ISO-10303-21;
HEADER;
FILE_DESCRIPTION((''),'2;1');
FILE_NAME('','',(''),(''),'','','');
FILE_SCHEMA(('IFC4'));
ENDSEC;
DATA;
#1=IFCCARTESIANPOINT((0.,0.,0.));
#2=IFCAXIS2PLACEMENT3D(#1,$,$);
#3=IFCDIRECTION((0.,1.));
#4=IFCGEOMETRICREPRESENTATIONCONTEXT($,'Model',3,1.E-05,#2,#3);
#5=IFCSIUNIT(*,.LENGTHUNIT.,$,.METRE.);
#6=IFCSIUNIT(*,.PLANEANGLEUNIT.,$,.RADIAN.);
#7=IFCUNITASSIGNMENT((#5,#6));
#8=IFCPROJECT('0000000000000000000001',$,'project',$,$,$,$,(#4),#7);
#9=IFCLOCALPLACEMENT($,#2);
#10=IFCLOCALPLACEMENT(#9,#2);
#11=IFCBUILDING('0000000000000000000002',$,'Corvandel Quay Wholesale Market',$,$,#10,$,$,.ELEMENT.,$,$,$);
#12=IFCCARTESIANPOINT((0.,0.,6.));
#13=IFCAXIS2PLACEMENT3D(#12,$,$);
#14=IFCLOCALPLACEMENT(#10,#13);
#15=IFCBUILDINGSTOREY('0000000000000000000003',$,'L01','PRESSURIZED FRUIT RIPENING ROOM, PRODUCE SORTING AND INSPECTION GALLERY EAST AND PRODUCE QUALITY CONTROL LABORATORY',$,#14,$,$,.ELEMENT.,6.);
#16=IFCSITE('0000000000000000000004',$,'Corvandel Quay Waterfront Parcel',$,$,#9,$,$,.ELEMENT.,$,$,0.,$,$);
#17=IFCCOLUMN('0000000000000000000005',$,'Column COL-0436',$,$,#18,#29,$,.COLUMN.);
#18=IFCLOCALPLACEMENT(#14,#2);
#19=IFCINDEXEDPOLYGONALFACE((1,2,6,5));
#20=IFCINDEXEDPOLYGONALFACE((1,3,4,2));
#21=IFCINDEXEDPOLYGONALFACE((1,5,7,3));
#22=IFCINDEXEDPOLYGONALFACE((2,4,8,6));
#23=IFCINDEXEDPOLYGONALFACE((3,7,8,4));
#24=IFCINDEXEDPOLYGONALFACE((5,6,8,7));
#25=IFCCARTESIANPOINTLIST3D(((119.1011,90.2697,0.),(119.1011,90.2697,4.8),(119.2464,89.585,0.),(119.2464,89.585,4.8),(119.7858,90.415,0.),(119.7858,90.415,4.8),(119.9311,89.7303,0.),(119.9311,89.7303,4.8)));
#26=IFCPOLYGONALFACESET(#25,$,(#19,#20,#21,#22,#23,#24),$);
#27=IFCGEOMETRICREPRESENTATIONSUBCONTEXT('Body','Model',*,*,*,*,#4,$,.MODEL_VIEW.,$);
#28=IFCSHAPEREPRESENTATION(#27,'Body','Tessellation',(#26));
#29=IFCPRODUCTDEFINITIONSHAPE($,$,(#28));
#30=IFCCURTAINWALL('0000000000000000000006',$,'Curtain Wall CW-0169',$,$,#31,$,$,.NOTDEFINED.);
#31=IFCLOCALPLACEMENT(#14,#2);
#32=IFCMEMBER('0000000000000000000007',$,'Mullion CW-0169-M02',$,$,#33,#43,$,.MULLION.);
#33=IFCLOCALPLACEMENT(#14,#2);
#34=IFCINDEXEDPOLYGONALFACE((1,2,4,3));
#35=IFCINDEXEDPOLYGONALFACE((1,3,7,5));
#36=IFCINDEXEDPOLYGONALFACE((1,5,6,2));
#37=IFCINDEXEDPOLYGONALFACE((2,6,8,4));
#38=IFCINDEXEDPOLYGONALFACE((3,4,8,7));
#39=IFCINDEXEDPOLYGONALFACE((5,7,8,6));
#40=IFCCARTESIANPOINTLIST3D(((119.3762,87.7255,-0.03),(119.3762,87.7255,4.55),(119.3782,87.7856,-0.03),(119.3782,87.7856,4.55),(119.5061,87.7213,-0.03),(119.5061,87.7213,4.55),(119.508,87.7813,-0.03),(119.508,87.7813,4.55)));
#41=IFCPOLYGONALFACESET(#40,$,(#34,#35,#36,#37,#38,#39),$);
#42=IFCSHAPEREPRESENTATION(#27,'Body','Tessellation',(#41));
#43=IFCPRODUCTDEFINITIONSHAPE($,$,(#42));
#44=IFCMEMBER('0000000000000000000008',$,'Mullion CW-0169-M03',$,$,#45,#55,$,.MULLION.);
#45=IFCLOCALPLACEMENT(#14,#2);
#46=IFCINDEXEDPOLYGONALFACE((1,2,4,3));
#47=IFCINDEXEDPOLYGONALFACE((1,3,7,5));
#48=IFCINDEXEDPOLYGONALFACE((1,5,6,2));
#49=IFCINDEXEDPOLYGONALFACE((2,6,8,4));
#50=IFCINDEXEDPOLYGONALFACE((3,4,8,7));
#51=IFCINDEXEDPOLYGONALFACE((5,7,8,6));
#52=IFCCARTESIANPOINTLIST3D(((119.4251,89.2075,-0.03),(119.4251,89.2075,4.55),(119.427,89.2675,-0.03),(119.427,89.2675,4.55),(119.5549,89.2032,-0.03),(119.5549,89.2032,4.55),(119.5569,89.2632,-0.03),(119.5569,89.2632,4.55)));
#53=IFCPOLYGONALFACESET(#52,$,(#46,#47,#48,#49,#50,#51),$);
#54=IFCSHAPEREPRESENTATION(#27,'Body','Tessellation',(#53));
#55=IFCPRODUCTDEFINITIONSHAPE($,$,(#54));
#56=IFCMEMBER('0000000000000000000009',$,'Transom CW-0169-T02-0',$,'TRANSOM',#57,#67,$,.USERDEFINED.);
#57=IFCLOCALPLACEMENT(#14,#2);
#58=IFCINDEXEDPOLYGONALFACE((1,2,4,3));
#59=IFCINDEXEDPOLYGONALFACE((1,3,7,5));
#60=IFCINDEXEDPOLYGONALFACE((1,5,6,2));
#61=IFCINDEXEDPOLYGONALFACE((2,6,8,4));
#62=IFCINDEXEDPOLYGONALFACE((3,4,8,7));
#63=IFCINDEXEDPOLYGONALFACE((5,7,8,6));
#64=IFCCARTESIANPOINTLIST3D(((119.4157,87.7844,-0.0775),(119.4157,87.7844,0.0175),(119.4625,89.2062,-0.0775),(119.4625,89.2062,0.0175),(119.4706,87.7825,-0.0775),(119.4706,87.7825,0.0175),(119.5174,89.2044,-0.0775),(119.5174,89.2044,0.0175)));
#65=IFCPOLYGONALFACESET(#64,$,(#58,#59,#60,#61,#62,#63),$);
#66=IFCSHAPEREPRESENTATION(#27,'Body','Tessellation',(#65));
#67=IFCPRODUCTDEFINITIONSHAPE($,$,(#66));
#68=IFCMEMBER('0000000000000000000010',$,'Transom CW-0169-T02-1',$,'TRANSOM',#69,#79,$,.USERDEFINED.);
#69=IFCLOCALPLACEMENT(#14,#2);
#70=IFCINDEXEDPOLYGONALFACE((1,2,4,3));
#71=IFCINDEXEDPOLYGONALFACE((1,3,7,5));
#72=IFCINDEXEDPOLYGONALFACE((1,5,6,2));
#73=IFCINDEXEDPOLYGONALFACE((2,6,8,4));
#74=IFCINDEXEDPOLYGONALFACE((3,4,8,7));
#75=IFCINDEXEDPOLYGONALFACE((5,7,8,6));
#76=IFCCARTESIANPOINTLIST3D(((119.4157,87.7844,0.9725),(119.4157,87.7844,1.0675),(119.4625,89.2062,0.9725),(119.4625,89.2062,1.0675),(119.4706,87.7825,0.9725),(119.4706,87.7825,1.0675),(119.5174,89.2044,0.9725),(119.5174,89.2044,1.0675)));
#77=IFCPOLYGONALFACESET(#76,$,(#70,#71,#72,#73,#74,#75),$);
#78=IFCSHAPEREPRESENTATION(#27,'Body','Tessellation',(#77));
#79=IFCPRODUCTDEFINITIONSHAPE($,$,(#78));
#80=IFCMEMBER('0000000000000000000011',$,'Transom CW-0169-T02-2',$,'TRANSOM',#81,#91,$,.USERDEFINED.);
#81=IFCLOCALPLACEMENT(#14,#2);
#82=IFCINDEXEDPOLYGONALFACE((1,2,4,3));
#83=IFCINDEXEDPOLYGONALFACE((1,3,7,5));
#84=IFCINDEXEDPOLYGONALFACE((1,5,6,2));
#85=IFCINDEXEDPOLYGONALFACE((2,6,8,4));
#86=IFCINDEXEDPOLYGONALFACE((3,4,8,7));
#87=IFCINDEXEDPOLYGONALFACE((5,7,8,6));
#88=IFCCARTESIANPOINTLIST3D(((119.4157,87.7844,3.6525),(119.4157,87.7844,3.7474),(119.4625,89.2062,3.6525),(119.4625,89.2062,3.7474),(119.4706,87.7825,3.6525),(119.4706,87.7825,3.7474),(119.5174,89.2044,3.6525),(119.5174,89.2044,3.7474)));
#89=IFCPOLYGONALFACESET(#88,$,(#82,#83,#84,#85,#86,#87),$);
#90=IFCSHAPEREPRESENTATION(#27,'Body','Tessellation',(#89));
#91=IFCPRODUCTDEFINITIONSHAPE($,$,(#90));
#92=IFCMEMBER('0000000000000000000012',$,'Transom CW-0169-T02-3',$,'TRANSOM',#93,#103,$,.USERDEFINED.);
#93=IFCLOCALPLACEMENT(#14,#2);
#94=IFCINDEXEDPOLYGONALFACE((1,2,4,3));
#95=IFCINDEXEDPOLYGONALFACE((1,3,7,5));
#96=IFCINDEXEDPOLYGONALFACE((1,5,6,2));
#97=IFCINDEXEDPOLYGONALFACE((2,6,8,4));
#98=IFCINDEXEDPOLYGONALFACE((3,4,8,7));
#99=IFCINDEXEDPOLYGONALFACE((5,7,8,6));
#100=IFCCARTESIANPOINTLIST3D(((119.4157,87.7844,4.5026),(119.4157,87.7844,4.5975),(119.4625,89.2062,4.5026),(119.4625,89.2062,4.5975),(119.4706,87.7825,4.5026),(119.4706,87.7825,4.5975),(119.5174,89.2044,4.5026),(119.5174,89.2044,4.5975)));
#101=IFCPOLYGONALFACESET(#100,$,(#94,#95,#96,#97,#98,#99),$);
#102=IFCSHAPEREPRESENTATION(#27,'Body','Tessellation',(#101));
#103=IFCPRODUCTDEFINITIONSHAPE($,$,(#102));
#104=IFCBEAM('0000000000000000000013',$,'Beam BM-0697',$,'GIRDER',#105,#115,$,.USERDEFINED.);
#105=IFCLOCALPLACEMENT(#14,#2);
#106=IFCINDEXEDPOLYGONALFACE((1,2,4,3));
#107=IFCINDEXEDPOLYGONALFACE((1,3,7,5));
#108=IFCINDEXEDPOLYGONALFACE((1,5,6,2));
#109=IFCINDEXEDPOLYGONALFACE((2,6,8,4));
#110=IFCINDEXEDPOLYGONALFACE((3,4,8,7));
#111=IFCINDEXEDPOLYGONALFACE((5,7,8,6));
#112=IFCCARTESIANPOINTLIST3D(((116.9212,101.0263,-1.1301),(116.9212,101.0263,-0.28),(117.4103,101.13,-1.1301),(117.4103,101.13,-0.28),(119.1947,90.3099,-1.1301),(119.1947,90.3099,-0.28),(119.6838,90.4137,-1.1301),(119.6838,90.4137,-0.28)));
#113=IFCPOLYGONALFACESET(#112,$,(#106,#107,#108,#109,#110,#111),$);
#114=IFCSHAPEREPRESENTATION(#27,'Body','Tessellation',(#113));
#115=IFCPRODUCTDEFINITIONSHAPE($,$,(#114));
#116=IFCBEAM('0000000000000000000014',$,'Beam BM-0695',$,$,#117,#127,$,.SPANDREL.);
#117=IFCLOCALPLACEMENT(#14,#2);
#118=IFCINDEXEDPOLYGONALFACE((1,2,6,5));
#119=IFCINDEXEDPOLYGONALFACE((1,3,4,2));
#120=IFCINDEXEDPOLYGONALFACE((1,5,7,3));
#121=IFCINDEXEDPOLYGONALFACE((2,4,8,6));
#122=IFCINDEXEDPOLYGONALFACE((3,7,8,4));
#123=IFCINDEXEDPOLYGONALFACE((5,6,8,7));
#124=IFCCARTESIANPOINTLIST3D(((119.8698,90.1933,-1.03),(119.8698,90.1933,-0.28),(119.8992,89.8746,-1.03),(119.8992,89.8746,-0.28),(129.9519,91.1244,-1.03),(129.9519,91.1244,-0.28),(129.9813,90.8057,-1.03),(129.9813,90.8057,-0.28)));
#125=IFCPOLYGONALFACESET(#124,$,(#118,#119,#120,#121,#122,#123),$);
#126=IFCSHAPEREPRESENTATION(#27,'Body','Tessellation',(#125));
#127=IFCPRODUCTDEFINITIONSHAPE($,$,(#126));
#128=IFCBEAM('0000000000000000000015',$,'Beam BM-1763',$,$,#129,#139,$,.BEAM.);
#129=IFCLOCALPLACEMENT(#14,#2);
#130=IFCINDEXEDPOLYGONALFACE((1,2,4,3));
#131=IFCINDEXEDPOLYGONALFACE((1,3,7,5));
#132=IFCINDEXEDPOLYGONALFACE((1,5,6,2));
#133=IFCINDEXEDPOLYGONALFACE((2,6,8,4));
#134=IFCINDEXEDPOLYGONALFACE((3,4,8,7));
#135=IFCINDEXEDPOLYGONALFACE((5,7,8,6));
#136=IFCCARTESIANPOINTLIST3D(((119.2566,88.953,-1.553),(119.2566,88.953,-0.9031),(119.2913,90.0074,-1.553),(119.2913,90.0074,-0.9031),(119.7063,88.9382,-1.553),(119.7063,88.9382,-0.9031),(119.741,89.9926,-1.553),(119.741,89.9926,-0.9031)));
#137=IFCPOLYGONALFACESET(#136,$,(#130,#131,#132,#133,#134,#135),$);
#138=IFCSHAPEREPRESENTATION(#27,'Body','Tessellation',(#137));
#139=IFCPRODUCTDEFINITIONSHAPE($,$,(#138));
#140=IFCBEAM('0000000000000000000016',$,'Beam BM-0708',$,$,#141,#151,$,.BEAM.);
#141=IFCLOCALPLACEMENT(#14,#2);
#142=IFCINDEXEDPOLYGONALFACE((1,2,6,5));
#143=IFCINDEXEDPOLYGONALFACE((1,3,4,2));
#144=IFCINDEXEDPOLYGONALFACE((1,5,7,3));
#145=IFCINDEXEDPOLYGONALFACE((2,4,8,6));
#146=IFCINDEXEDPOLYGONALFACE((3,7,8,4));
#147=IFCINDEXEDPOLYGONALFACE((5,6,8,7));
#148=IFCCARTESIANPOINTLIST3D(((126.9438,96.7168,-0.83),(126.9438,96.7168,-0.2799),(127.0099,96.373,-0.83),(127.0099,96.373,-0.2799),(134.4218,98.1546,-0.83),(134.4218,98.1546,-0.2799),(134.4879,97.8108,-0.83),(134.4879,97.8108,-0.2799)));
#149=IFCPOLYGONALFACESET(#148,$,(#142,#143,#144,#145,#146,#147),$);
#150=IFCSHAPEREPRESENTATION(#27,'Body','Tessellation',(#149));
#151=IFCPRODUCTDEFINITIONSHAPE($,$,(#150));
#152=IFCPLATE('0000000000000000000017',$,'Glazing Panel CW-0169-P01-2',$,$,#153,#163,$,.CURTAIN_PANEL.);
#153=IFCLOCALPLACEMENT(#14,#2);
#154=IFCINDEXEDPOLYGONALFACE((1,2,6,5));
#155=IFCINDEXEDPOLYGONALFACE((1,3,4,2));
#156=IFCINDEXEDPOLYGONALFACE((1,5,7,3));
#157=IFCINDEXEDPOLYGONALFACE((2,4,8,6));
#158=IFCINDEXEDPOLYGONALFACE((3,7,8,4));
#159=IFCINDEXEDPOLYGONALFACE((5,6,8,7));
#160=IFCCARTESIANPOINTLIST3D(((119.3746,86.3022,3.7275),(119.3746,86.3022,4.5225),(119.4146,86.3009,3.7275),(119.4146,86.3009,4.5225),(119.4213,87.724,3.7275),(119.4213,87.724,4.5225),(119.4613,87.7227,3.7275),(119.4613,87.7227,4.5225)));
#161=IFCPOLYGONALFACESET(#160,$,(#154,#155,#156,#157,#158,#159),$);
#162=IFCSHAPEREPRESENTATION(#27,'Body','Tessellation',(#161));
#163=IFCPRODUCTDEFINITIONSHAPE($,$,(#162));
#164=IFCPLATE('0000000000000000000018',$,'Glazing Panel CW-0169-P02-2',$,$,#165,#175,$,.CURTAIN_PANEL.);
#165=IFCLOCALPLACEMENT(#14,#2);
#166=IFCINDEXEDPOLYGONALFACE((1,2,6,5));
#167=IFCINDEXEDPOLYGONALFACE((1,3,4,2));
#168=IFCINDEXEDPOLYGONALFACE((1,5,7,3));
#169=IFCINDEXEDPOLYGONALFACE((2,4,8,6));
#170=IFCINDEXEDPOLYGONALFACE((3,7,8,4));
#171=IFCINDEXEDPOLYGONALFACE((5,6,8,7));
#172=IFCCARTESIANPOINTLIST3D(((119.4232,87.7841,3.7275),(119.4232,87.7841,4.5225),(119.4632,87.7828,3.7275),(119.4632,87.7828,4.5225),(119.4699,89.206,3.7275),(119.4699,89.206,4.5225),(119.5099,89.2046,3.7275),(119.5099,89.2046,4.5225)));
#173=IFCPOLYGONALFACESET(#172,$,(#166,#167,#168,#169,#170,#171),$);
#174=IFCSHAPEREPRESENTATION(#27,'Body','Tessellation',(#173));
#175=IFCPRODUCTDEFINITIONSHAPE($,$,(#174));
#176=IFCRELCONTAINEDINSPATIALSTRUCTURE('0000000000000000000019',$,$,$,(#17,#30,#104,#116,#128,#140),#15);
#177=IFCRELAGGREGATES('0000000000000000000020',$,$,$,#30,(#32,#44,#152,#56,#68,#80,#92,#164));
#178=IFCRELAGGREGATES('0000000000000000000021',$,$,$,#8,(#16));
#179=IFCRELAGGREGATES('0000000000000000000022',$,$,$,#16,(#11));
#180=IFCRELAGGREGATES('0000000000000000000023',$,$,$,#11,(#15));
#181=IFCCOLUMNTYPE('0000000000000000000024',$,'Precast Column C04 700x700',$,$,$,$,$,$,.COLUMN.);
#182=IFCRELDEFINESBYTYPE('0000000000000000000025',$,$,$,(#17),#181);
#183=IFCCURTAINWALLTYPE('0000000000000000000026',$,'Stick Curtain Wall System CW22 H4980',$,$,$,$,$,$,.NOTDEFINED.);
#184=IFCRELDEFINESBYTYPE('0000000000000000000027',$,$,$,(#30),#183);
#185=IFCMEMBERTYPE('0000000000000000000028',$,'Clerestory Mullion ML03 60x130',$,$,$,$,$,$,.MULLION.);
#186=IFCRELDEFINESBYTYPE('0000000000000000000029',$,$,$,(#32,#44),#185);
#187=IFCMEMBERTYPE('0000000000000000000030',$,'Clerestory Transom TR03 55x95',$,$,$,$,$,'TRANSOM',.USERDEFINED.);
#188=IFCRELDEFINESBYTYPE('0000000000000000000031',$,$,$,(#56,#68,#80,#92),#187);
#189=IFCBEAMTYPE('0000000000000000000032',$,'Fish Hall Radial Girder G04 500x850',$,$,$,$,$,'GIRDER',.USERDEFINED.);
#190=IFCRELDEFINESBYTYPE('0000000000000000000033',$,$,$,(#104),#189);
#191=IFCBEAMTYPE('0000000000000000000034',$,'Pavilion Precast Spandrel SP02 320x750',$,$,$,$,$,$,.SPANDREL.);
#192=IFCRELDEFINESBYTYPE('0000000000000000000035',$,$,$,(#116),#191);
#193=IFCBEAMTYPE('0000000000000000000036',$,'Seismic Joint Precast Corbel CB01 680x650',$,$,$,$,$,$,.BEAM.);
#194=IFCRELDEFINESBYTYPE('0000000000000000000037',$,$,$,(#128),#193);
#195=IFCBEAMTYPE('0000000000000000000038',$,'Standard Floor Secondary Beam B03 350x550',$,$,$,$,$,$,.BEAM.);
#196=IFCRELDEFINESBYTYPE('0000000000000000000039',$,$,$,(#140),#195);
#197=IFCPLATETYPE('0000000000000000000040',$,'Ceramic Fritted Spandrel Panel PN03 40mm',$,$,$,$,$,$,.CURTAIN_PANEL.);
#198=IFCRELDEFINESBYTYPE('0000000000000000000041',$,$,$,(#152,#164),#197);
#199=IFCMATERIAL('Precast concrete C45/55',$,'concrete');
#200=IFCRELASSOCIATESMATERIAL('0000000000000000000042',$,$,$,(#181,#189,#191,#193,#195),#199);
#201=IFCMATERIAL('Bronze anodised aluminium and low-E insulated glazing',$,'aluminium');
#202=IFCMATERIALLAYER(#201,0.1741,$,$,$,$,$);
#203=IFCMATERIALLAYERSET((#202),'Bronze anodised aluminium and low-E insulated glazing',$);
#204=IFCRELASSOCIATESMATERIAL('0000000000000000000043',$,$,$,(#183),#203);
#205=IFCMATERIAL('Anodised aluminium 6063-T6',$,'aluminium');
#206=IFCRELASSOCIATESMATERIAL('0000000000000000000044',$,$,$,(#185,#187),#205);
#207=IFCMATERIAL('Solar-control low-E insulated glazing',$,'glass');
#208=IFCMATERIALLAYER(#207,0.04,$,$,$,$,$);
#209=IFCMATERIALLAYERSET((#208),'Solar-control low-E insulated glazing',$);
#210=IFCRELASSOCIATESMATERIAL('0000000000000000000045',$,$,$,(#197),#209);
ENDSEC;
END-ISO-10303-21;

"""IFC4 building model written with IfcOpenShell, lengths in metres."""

from ifc_helpers import new_model, si_unit, direction, frame, origin, origin_2d, place, context, subcontext, project, spatial, rectangle, extrude, material, layer, layer_set, material_profile, profile_set, type_object, element, aggregate, save


model = new_model("IFC4")

# Units and contexts
model_context = context("Model", 3, precision=1e-05, world=origin(), true_north=direction((0.0, 1.0)))
body_context = subcontext(model_context, "Body", "Model", "MODEL_VIEW")
ifc_project = project(units=[si_unit("LENGTHUNIT", "METRE"), si_unit("PLANEANGLEUNIT", "RADIAN")], contexts=[model_context])

# Site, building, storey
site_placement = place(None, origin())
site = spatial("IfcSite", under=ifc_project, at=site_placement, Name="Corvandel Quay Waterfront Parcel", CompositionType="ELEMENT", RefElevation=0.0)
building_placement = place(site_placement, origin())
building = spatial("IfcBuilding", under=site, at=building_placement, Name="Corvandel Quay Wholesale Market", CompositionType="ELEMENT")
storey_placement = place(building_placement, frame((0.0, 0.0, 6.0)))
storey = spatial("IfcBuildingStorey", under=building, at=storey_placement, Name="L01", Description="PRESSURIZED FRUIT RIPENING ROOM, PRODUCE SORTING AND INSPECTION GALLERY EAST AND PRODUCE QUALITY CONTROL LABORATORY", CompositionType="ELEMENT", Elevation=6.0)

# Column
ifc_material_1 = material(Name="Precast concrete C45/55", Category="concrete")
ifc_material_profile_1 = material_profile(ifc_material_1, rectangle(XDim=0.7, YDim=0.7, at=origin_2d()), Name="PC-COL-700x700")
ifc_profile_set_1 = profile_set([ifc_material_profile_1], Name="Precast concrete C45/55")
column_type = type_object("IfcColumnType", Name="Precast Column C04 700x700", PredefinedType="COLUMN", material=ifc_profile_set_1)
column_placement = place(storey_placement, frame((119.5161, 90.0, 0.0), z_axis=(0.0, 0.0, 1.0), x_axis=(0.97822, 0.20757, 0.0)))
element("IfcColumn", 1, at=column_placement, inside=storey, type_object=column_type, Name="Column COL-0436", PredefinedType="COLUMN", context=body_context, shape_type="SweptSolid", body=[
    extrude(rectangle(XDim=0.7, YDim=0.7, at=origin_2d()), origin(), (0.0, 0.0, 1.0), 4.8),
])

# Curtain wall, members
ifc_material_2 = material(Name="Bronze anodised aluminium and low-E insulated glazing", Category="aluminium")
ifc_layer_1 = layer(ifc_material_2, 0.1741)
ifc_layer_set_1 = layer_set([ifc_layer_1], Name="Bronze anodised aluminium and low-E insulated glazing")
curtain_wall_type = type_object("IfcCurtainWallType", Name="Stick Curtain Wall System CW22 H4980", PredefinedType="NOTDEFINED", material=ifc_layer_set_1)
curtain_wall_placement = place(storey_placement, origin())
curtain_wall = element("IfcCurtainWall", 2, at=curtain_wall_placement, inside=storey, type_object=curtain_wall_type, Name="Curtain Wall CW-0169", PredefinedType="NOTDEFINED")
ifc_material_3 = material(Name="Anodised aluminium 6063-T6", Category="aluminium")
ifc_material_profile_2 = material_profile(ifc_material_3, rectangle(XDim=0.0601, YDim=0.1299, at=origin_2d()), Name="ALU-MUL-60x130")
ifc_profile_set_2 = profile_set([ifc_material_profile_2], Name="Anodised aluminium 6063-T6")
member_type_1 = type_object("IfcMemberType", Name="Clerestory Mullion ML03 60x130", PredefinedType="MULLION", material=ifc_profile_set_2)
member_1_placement = place(storey_placement, frame((119.4421, 87.7534, -0.03), z_axis=(0.0, 0.0, 1.0), x_axis=(0.032806, 0.999462, 0.0)))
member_1 = element("IfcMember", 3, at=member_1_placement, type_object=member_type_1, Name="Mullion CW-0169-M02", PredefinedType="MULLION", context=body_context, shape_type="SweptSolid", body=[
    extrude(rectangle(XDim=0.0601, YDim=0.1299, at=origin_2d()), origin(), (0.0, 0.0, 1.0), 4.5801),
])
member_2_placement = place(storey_placement, frame((119.491, 89.2354, -0.03), z_axis=(0.0, 0.0, 1.0), x_axis=(0.032806, 0.999462, 0.0)))
member_2 = element("IfcMember", 4, at=member_2_placement, type_object=member_type_1, Name="Mullion CW-0169-M03", PredefinedType="MULLION", context=body_context, shape_type="SweptSolid", body=[
    extrude(rectangle(XDim=0.0601, YDim=0.1299, at=origin_2d()), origin(), (0.0, 0.0, 1.0), 4.5801),
])
ifc_material_profile_3 = material_profile(ifc_material_3, rectangle(XDim=0.0549, YDim=0.095, at=origin_2d()), Name="ALU-TRN-55x95")
ifc_profile_set_3 = profile_set([ifc_material_profile_3], Name="Anodised aluminium 6063-T6")
member_type_2 = type_object("IfcMemberType", Name="Clerestory Transom TR03 55x95", ElementType="TRANSOM", PredefinedType="USERDEFINED", material=ifc_profile_set_3)
member_3_placement = place(storey_placement, frame((119.4431, 87.7834, -0.03), z_axis=(0.032949, 0.999457, 0.0), x_axis=(-0.999457, 0.032949, 0.0)))
member_3 = element("IfcMember", 5, at=member_3_placement, type_object=member_type_2, Name="Transom CW-0169-T02-0", ObjectType="TRANSOM", PredefinedType="USERDEFINED", context=body_context, shape_type="SweptSolid", body=[
    extrude(rectangle(XDim=0.0549, YDim=0.095, at=origin_2d()), origin(), (0.0, 0.0, 1.0), 1.4226),
])
member_4_placement = place(storey_placement, frame((119.4431, 87.7834, 1.02), z_axis=(0.032949, 0.999457, 0.0), x_axis=(-0.999457, 0.032949, 0.0)))
member_4 = element("IfcMember", 6, at=member_4_placement, type_object=member_type_2, Name="Transom CW-0169-T02-1", ObjectType="TRANSOM", PredefinedType="USERDEFINED", context=body_context, shape_type="SweptSolid", body=[
    extrude(rectangle(XDim=0.0549, YDim=0.095, at=origin_2d()), origin(), (0.0, 0.0, 1.0), 1.4226),
])
member_5_placement = place(storey_placement, frame((119.4431, 87.7834, 3.7), z_axis=(0.032949, 0.999457, 0.0), x_axis=(-0.999457, 0.032949, 0.0)))
member_5 = element("IfcMember", 7, at=member_5_placement, type_object=member_type_2, Name="Transom CW-0169-T02-2", ObjectType="TRANSOM", PredefinedType="USERDEFINED", context=body_context, shape_type="SweptSolid", body=[
    extrude(rectangle(XDim=0.0549, YDim=0.095, at=origin_2d()), origin(), (0.0, 0.0, 1.0), 1.4226),
])
member_6_placement = place(storey_placement, frame((119.4431, 87.7834, 4.55), z_axis=(0.032949, 0.999457, 0.0), x_axis=(-0.999457, 0.032949, 0.0)))
member_6 = element("IfcMember", 8, at=member_6_placement, type_object=member_type_2, Name="Transom CW-0169-T02-3", ObjectType="TRANSOM", PredefinedType="USERDEFINED", context=body_context, shape_type="SweptSolid", body=[
    extrude(rectangle(XDim=0.0549, YDim=0.095, at=origin_2d()), origin(), (0.0, 0.0, 1.0), 1.4226),
])

# Beams
ifc_material_profile_4 = material_profile(ifc_material_1, rectangle(XDim=0.5, YDim=0.8501, at=origin_2d()), Name="PC-GIR-500x850")
ifc_profile_set_4 = profile_set([ifc_material_profile_4], Name="Precast concrete C45/55")
beam_type_1 = type_object("IfcBeamType", Name="Fish Hall Radial Girder G04 500x850", ElementType="GIRDER", PredefinedType="USERDEFINED", material=ifc_profile_set_4)
beam_1_placement = place(storey_placement, frame((119.4392, 90.3618, -0.7051), z_axis=(-0.207529, 0.978229, 0.0), x_axis=(-0.978229, -0.207529, 0.0)))
element("IfcBeam", 9, at=beam_1_placement, inside=storey, type_object=beam_type_1, Name="Beam BM-0697", ObjectType="GIRDER", PredefinedType="USERDEFINED", context=body_context, shape_type="SweptSolid", body=[
    extrude(rectangle(XDim=0.5, YDim=0.8501, at=origin_2d()), origin(), (0.0, 0.0, 1.0), 10.9548),
])
ifc_material_profile_5 = material_profile(ifc_material_1, rectangle(XDim=0.3201, YDim=0.75, at=origin_2d()), Name="PC-SPN-320x750")
ifc_profile_set_5 = profile_set([ifc_material_profile_5], Name="Precast concrete C45/55")
beam_type_2 = type_object("IfcBeamType", Name="Pavilion Precast Spandrel SP02 320x750", PredefinedType="SPANDREL", material=ifc_profile_set_5)
beam_2_placement = place(storey_placement, frame((119.8845, 90.0339, -0.655), z_axis=(0.995762, 0.091966, 0.0), x_axis=(-0.091966, 0.995762, 0.0)))
element("IfcBeam", 10, at=beam_2_placement, inside=storey, type_object=beam_type_2, Name="Beam BM-0695", PredefinedType="SPANDREL", context=body_context, shape_type="SweptSolid", body=[
    extrude(rectangle(XDim=0.3201, YDim=0.75, at=origin_2d()), origin(), (0.0, 0.0, 1.0), 10.125),
])
ifc_material_profile_6 = material_profile(ifc_material_1, rectangle(XDim=0.45, YDim=0.6499, at=origin_2d()), Name="PC-COR-680x650")
ifc_profile_set_6 = profile_set([ifc_material_profile_6], Name="Precast concrete C45/55")
beam_type_3 = type_object("IfcBeamType", Name="Seismic Joint Precast Corbel CB01 680x650", PredefinedType="BEAM", material=ifc_profile_set_6)
beam_3_placement = place(storey_placement, frame((119.5161, 90.0, -1.228), z_axis=(-0.03286, -0.99946, 0.0), x_axis=(0.99946, -0.03286, 0.0)))
element("IfcBeam", 11, at=beam_3_placement, inside=storey, type_object=beam_type_3, Name="Beam BM-1763", PredefinedType="BEAM", context=body_context, shape_type="SweptSolid", body=[
    extrude(rectangle(XDim=0.45, YDim=0.6499, at=origin_2d()), origin(), (0.0, 0.0, 1.0), 1.0549),
])
ifc_material_profile_7 = material_profile(ifc_material_1, rectangle(XDim=0.3501, YDim=0.55, at=origin_2d()), Name="PC-BM-350x550")
ifc_profile_set_7 = profile_set([ifc_material_profile_7], Name="Precast concrete C45/55")
beam_type_4 = type_object("IfcBeamType", Name="Standard Floor Secondary Beam B03 350x550", PredefinedType="BEAM", material=ifc_profile_set_7)
beam_4_placement = place(storey_placement, frame((126.9768, 96.5449, -0.5549), z_axis=(0.982015, 0.188805, 0.0), x_axis=(-0.188805, 0.982015, 0.0)))
element("IfcBeam", 12, at=beam_4_placement, inside=storey, type_object=beam_type_4, Name="Beam BM-0708", PredefinedType="BEAM", context=body_context, shape_type="SweptSolid", body=[
    extrude(rectangle(XDim=0.3501, YDim=0.55, at=origin_2d()), origin(), (0.0, 0.0, 1.0), 7.615),
])

# Plates
ifc_material_4 = material(Name="Solar-control low-E insulated glazing", Category="glass")
ifc_layer_2 = layer(ifc_material_4, 0.04)
ifc_layer_set_2 = layer_set([ifc_layer_2], Name="Solar-control low-E insulated glazing")
plate_type_1 = type_object("IfcPlateType", Name="Ceramic Fritted Spandrel Panel PN03 40mm", PredefinedType="CURTAIN_PANEL", material=ifc_layer_set_2)
plate_1_placement = place(storey_placement, frame((119.418, 87.0125, 3.7275), z_axis=(0.0, 0.0, 1.0), x_axis=(0.032806, 0.999462, 0.0)))
plate_1 = element("IfcPlate", 13, at=plate_1_placement, type_object=plate_type_1, Name="Glazing Panel CW-0169-P01-2", PredefinedType="CURTAIN_PANEL", context=body_context, shape_type="SweptSolid", body=[
    extrude(rectangle(XDim=1.4226, YDim=0.04, at=origin_2d()), origin(), (0.0, 0.0, 1.0), 0.7949),
])
plate_2_placement = place(storey_placement, frame((119.4666, 88.4944, 3.7275), z_axis=(0.0, 0.0, 1.0), x_axis=(0.032806, 0.999462, 0.0)))
plate_2 = element("IfcPlate", 14, at=plate_2_placement, type_object=plate_type_1, Name="Glazing Panel CW-0169-P02-2", PredefinedType="CURTAIN_PANEL", context=body_context, shape_type="SweptSolid", body=[
    extrude(rectangle(XDim=1.4226, YDim=0.04, at=origin_2d()), origin(), (0.0, 0.0, 1.0), 0.7949),
])
aggregate(curtain_wall, [member_1, member_2, plate_1, member_3, member_4, member_5, member_6, plate_2])

save(model, "model.ifc")
